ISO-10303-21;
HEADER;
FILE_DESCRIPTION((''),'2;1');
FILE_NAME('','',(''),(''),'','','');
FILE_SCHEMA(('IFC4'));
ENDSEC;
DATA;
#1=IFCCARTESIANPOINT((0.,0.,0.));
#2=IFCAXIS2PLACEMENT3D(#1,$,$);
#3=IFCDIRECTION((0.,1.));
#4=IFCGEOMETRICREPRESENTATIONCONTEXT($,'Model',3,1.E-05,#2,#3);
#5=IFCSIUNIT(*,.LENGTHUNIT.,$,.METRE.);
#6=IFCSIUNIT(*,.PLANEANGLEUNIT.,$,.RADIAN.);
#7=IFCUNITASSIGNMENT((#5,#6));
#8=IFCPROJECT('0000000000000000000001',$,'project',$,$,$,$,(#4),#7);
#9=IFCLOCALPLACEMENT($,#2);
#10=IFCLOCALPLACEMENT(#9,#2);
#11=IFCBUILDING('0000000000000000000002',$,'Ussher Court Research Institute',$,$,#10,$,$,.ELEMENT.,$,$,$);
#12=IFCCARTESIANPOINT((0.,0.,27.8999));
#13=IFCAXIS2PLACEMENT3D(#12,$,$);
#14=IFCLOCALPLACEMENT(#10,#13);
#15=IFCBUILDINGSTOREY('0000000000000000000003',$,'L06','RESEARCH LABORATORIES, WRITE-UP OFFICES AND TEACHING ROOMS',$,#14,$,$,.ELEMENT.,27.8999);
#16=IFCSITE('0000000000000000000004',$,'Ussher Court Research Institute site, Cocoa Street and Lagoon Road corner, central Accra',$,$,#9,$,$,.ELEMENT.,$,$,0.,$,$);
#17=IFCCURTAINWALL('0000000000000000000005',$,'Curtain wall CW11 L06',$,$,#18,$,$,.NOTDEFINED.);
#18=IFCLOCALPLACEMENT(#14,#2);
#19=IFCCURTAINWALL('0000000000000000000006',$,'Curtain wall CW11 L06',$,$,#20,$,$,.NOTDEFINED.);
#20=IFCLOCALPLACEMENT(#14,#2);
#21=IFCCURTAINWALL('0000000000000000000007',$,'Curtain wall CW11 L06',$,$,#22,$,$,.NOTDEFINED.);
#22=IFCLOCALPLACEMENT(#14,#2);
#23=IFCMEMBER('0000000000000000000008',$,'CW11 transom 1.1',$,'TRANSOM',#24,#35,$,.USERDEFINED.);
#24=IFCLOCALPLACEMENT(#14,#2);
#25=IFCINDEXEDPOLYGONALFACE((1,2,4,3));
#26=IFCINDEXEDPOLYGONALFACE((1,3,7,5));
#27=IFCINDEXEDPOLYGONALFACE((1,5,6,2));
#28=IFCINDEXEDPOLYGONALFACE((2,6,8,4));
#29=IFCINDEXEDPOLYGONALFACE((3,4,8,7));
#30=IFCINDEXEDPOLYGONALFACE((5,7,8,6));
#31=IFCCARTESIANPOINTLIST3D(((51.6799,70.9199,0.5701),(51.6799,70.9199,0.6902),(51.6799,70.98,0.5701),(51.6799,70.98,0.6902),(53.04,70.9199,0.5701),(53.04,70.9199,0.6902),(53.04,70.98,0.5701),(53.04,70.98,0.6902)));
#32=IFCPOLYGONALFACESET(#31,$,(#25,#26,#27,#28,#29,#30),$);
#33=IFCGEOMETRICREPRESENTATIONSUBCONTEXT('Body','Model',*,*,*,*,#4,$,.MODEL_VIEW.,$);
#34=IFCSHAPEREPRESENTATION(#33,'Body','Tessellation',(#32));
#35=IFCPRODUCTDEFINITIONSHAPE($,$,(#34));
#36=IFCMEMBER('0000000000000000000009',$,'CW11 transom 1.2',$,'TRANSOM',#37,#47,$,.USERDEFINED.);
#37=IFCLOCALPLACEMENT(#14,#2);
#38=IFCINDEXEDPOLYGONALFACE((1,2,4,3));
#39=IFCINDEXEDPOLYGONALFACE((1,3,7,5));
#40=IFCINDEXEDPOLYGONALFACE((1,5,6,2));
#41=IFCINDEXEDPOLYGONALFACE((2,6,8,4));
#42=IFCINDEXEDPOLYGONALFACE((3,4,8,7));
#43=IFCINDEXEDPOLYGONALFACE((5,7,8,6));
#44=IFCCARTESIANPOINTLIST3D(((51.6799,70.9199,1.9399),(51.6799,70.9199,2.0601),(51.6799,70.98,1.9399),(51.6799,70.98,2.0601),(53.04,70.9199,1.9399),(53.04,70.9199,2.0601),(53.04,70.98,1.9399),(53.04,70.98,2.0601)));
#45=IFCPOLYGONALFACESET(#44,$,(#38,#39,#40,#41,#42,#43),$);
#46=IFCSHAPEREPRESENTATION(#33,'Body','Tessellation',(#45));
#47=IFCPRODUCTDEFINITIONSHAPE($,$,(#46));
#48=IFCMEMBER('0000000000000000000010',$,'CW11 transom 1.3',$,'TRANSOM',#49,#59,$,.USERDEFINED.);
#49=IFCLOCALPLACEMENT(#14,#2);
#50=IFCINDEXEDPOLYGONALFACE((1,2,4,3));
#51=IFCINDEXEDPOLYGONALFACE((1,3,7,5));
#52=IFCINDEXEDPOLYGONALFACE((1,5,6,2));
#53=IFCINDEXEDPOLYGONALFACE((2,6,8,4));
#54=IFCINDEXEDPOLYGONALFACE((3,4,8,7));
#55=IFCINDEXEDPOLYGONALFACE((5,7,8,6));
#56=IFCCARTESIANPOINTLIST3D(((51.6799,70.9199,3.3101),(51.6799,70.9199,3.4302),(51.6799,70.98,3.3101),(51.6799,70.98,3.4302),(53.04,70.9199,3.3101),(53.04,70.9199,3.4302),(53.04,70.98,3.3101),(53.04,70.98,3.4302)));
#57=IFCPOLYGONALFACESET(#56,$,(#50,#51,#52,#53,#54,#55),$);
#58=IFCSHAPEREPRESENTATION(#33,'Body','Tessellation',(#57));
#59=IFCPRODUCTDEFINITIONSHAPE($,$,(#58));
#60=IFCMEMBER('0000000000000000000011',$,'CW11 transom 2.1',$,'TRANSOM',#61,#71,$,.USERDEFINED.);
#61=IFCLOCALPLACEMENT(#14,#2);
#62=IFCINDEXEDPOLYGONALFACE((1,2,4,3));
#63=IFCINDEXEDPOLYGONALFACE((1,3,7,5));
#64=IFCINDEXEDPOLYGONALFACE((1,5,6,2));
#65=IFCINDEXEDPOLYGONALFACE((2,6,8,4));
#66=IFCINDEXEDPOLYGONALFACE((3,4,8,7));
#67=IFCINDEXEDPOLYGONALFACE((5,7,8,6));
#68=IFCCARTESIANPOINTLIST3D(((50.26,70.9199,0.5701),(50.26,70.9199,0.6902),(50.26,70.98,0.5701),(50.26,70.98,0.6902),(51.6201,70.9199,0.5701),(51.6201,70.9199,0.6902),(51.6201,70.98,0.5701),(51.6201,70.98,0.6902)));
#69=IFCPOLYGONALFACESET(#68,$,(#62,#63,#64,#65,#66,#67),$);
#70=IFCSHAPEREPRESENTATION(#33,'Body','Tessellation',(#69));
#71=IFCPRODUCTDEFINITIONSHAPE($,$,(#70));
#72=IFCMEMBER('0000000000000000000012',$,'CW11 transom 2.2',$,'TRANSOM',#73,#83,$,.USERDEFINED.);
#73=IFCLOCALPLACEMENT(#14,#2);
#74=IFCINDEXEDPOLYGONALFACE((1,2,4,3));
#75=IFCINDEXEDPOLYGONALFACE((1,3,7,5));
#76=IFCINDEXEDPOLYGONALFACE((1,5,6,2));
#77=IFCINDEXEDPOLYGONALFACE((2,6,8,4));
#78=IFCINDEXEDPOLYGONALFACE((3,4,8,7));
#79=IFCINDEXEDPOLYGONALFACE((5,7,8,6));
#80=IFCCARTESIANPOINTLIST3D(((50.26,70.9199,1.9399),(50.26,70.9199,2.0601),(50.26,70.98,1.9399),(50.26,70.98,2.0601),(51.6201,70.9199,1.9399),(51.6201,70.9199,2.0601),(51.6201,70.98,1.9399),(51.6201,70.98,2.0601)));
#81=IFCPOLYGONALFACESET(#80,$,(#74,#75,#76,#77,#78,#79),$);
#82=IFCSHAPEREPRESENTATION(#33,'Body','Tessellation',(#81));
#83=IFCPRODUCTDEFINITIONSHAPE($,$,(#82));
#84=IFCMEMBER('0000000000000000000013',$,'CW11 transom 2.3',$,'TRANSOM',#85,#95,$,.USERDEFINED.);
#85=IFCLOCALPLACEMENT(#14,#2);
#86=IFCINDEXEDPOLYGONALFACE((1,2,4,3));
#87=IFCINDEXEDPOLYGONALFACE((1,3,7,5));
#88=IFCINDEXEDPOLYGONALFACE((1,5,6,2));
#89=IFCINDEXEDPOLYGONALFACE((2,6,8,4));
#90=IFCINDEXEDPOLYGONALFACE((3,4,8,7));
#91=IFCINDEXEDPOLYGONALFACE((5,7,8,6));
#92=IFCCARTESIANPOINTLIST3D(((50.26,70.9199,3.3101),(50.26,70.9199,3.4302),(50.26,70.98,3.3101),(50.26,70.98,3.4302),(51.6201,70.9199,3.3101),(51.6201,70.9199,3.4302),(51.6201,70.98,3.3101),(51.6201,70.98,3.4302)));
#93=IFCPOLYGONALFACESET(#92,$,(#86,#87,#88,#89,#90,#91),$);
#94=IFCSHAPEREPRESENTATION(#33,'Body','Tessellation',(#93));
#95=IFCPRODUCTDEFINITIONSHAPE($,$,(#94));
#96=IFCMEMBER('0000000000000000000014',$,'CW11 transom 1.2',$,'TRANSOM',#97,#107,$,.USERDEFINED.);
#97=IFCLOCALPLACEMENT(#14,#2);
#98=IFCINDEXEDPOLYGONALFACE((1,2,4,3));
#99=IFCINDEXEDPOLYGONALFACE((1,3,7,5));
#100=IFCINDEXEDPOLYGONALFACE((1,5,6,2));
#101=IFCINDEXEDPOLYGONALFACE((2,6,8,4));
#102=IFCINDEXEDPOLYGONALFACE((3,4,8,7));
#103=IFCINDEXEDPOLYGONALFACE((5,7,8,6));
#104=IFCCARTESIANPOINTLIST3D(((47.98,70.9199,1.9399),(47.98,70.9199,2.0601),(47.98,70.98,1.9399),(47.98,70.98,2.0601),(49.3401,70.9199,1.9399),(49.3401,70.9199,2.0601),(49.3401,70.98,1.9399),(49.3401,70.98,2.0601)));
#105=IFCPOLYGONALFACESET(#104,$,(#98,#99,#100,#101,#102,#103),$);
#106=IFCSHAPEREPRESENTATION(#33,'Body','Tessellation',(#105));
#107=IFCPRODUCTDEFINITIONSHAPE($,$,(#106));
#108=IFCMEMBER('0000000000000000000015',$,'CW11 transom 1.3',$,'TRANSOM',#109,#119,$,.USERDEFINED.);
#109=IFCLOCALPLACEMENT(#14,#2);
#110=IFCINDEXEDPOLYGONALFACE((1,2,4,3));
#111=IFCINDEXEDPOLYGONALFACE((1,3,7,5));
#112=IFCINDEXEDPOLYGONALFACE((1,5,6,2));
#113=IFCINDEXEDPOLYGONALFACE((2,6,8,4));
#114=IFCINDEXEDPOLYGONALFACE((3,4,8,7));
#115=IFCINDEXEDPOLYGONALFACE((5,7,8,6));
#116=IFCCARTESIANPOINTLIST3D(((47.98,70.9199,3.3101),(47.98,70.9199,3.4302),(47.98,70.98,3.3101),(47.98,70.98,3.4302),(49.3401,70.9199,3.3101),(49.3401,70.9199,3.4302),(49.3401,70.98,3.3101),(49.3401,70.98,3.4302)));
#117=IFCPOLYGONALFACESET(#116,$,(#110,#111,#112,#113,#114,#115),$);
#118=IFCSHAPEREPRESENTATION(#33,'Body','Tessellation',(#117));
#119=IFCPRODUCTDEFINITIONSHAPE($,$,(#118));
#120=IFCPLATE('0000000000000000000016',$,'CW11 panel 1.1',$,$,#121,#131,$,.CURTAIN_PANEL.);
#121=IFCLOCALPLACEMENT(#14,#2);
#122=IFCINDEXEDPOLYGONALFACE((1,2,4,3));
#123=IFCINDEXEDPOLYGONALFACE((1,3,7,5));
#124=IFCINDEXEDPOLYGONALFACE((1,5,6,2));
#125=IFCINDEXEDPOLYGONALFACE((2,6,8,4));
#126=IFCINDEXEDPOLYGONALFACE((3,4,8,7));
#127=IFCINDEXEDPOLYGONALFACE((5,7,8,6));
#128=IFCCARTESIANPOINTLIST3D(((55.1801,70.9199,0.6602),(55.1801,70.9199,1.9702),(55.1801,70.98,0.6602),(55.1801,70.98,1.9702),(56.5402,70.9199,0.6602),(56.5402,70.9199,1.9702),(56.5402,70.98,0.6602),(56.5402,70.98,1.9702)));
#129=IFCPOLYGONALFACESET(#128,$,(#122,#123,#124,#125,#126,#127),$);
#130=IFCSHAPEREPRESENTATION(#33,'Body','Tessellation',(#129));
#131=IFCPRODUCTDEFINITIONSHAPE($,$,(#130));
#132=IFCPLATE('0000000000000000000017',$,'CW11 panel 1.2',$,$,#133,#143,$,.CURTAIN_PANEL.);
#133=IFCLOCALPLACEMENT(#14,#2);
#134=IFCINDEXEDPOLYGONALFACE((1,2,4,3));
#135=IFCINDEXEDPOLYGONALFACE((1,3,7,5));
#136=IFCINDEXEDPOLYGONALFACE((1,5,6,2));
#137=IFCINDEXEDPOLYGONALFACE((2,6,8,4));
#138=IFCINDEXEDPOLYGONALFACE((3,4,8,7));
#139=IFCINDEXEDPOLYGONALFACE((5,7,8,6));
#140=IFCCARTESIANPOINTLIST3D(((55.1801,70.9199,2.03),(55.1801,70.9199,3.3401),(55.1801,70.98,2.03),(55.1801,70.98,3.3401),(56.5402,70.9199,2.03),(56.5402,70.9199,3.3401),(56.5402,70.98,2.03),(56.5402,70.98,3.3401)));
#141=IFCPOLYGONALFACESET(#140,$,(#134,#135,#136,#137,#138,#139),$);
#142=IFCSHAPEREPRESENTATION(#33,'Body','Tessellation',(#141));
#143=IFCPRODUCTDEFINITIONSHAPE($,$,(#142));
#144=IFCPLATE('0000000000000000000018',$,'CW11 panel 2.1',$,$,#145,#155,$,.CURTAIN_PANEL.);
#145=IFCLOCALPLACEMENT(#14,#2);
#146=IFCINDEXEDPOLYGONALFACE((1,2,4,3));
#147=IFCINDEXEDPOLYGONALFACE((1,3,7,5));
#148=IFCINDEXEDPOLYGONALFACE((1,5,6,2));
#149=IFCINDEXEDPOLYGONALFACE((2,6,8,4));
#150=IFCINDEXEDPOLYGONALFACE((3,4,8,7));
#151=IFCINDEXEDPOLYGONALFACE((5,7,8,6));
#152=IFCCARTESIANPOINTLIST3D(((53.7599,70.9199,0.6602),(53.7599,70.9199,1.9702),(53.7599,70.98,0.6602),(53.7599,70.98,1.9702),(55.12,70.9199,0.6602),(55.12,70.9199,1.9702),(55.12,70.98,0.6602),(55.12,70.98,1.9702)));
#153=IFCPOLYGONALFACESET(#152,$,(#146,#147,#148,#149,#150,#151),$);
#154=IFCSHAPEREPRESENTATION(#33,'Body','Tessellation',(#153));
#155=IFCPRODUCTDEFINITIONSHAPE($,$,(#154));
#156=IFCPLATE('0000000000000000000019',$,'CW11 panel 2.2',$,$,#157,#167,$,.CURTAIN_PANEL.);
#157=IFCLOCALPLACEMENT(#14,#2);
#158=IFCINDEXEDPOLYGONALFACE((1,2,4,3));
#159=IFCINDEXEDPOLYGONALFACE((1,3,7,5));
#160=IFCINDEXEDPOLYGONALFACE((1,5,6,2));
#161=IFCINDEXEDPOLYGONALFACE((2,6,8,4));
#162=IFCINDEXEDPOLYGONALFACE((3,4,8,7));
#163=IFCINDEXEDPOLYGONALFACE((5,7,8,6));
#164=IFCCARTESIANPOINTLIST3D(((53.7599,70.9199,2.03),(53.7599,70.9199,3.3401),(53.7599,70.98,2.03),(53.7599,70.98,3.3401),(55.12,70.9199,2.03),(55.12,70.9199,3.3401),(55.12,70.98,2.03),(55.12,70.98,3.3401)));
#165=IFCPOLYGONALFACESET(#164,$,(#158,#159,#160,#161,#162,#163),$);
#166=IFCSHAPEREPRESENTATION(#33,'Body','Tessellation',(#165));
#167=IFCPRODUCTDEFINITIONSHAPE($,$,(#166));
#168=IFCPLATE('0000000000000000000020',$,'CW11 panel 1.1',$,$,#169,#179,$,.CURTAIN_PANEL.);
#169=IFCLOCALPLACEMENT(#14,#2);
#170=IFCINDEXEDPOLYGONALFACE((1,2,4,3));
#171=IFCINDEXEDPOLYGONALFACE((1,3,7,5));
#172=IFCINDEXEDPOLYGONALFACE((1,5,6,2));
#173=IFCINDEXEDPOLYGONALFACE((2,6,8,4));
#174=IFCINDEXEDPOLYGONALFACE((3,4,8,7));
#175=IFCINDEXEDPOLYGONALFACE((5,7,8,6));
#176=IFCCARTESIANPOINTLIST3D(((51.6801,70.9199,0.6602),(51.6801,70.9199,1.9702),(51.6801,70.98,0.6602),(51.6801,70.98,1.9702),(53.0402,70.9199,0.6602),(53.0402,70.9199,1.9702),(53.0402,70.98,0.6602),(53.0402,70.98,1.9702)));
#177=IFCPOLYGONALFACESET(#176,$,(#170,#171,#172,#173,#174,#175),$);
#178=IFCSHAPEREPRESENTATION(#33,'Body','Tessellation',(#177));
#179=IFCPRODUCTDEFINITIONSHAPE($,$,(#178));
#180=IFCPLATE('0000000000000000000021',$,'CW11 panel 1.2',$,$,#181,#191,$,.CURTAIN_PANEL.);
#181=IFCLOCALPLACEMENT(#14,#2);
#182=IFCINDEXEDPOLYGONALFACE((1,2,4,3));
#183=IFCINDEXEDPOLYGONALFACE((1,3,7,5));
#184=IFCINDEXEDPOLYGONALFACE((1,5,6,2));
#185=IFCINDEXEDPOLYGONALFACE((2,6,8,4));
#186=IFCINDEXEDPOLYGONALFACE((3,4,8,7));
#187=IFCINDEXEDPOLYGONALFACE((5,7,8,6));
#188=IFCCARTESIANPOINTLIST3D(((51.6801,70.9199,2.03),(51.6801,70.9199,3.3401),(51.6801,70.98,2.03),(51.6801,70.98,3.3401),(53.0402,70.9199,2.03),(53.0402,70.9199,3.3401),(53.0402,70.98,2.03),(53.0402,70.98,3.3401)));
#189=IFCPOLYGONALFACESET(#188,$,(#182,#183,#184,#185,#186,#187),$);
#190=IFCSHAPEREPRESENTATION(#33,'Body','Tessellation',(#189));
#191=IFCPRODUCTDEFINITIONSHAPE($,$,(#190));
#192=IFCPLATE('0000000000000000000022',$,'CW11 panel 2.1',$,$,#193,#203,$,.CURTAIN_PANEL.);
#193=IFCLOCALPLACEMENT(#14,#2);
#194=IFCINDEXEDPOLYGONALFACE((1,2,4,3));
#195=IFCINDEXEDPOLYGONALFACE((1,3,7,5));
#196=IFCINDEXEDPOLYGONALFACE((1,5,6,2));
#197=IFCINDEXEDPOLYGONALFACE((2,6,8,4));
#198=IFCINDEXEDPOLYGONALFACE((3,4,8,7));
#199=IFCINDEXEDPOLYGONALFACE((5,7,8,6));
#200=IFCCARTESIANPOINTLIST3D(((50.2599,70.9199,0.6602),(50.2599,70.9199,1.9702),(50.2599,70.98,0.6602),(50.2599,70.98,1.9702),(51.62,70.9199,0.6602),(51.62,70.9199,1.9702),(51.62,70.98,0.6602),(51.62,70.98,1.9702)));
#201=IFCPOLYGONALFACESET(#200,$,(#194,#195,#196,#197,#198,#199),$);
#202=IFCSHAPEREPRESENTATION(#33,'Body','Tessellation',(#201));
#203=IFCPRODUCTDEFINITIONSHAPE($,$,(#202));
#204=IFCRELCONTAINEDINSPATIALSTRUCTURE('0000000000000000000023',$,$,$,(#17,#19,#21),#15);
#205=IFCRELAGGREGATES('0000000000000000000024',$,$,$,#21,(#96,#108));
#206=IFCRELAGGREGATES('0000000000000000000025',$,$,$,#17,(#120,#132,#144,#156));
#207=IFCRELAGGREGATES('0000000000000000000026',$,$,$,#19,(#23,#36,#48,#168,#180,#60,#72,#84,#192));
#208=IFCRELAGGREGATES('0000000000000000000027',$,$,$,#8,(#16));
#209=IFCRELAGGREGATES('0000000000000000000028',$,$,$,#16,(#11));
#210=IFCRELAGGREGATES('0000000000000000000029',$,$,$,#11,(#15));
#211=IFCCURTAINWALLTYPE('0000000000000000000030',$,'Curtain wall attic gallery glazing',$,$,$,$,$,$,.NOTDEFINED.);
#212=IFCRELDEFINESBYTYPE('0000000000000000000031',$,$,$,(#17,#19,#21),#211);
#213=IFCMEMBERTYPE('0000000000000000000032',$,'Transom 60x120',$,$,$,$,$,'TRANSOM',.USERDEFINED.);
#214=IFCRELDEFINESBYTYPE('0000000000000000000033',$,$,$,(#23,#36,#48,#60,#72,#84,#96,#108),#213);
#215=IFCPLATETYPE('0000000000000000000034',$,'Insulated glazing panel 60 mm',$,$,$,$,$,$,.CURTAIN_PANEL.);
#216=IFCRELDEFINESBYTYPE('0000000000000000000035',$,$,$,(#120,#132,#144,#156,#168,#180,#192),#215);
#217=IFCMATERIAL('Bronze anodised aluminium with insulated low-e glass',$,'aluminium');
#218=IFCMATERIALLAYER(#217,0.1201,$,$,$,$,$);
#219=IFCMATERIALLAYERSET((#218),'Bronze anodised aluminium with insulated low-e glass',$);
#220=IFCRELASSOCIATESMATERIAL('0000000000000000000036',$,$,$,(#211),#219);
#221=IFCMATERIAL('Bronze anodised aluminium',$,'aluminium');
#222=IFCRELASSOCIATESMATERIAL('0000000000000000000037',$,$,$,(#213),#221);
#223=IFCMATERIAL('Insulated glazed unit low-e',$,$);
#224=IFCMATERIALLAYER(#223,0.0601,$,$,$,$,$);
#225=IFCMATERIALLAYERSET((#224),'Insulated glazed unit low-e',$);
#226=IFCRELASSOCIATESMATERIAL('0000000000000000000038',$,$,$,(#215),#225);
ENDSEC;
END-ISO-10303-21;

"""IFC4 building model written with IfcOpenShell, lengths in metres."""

from ifc_helpers import new_model, si_unit, direction, frame, origin, origin_2d, place, context, subcontext, project, spatial, rectangle, extrude, material, layer, layer_set, material_profile, profile_set, type_object, element, aggregate, save


model = new_model("IFC4")

# Units and contexts
model_context = context("Model", 3, precision=1e-05, world=origin(), true_north=direction((0.0, 1.0)))
body_context = subcontext(model_context, "Body", "Model", "MODEL_VIEW")
ifc_project = project(units=[si_unit("LENGTHUNIT", "METRE"), si_unit("PLANEANGLEUNIT", "RADIAN")], contexts=[model_context])

# Site, building, storey
site_placement = place(None, origin())
site = spatial("IfcSite", under=ifc_project, at=site_placement, Name="Ussher Court Research Institute site, Cocoa Street and Lagoon Road corner, central Accra", CompositionType="ELEMENT", RefElevation=0.0)
building_placement = place(site_placement, origin())
building = spatial("IfcBuilding", under=site, at=building_placement, Name="Ussher Court Research Institute", CompositionType="ELEMENT")
storey_placement = place(building_placement, frame((0.0, 0.0, 27.8999)))
storey = spatial("IfcBuildingStorey", under=building, at=storey_placement, Name="L06", Description="RESEARCH LABORATORIES, WRITE-UP OFFICES AND TEACHING ROOMS", CompositionType="ELEMENT", Elevation=27.8999)

# Curtain walls
ifc_material_1 = material(Name="Bronze anodised aluminium with insulated low-e glass", Category="aluminium")
ifc_layer_1 = layer(ifc_material_1, 0.1201)
ifc_layer_set_1 = layer_set([ifc_layer_1], Name="Bronze anodised aluminium with insulated low-e glass")
curtain_wall_type = type_object("IfcCurtainWallType", Name="Curtain wall attic gallery glazing", PredefinedType="NOTDEFINED", material=ifc_layer_set_1)
curtain_wall_1_placement = place(storey_placement, origin())
curtain_wall_1 = element("IfcCurtainWall", 1, at=curtain_wall_1_placement, inside=storey, type_object=curtain_wall_type, Name="Curtain wall CW11 L06", PredefinedType="NOTDEFINED")
curtain_wall_2_placement = place(storey_placement, origin())
curtain_wall_2 = element("IfcCurtainWall", 2, at=curtain_wall_2_placement, inside=storey, type_object=curtain_wall_type, Name="Curtain wall CW11 L06", PredefinedType="NOTDEFINED")

# Curtain wall
curtain_wall_3_placement = place(storey_placement, origin())
curtain_wall_3 = element("IfcCurtainWall", 3, at=curtain_wall_3_placement, inside=storey, type_object=curtain_wall_type, Name="Curtain wall CW11 L06", PredefinedType="NOTDEFINED")

# Members
ifc_material_2 = material(Name="Bronze anodised aluminium", Category="aluminium")
ifc_material_profile_1 = material_profile(ifc_material_2, rectangle(XDim=0.0601, YDim=0.1201, at=origin_2d()), Name="Transom 60x120")
ifc_profile_set_1 = profile_set([ifc_material_profile_1], Name="Bronze anodised aluminium")
member_type_1 = type_object("IfcMemberType", Name="Transom 60x120", ElementType="TRANSOM", PredefinedType="USERDEFINED", material=ifc_profile_set_1)
member_1_placement = place(storey_placement, frame((53.04, 70.95, 0.6301), z_axis=(-1.0, 0.0, 0.0), x_axis=(0.0, -1.0, 0.0)))
member_1 = element("IfcMember", 4, at=member_1_placement, type_object=member_type_1, Name="CW11 transom 1.1", ObjectType="TRANSOM", PredefinedType="USERDEFINED", context=body_context, shape_type="SweptSolid", body=[
    extrude(rectangle(XDim=0.0601, YDim=0.1201, at=origin_2d()), origin(), (0.0, 0.0, 1.0), 1.3601),
])
member_2_placement = place(storey_placement, frame((53.04, 70.95, 2.0), z_axis=(-1.0, 0.0, 0.0), x_axis=(0.0, -1.0, 0.0)))
member_2 = element("IfcMember", 5, at=member_2_placement, type_object=member_type_1, Name="CW11 transom 1.2", ObjectType="TRANSOM", PredefinedType="USERDEFINED", context=body_context, shape_type="SweptSolid", body=[
    extrude(rectangle(XDim=0.0601, YDim=0.1201, at=origin_2d()), origin(), (0.0, 0.0, 1.0), 1.3601),
])
member_3_placement = place(storey_placement, frame((53.04, 70.95, 3.3701), z_axis=(-1.0, 0.0, 0.0), x_axis=(0.0, -1.0, 0.0)))
member_3 = element("IfcMember", 6, at=member_3_placement, type_object=member_type_1, Name="CW11 transom 1.3", ObjectType="TRANSOM", PredefinedType="USERDEFINED", context=body_context, shape_type="SweptSolid", body=[
    extrude(rectangle(XDim=0.0601, YDim=0.1201, at=origin_2d()), origin(), (0.0, 0.0, 1.0), 1.3601),
])
member_4_placement = place(storey_placement, frame((51.6201, 70.95, 0.6301), z_axis=(-1.0, 0.0, 0.0), x_axis=(0.0, -1.0, 0.0)))
member_4 = element("IfcMember", 7, at=member_4_placement, type_object=member_type_1, Name="CW11 transom 2.1", ObjectType="TRANSOM", PredefinedType="USERDEFINED", context=body_context, shape_type="SweptSolid", body=[
    extrude(rectangle(XDim=0.0601, YDim=0.1201, at=origin_2d()), origin(), (0.0, 0.0, 1.0), 1.3601),
])
member_5_placement = place(storey_placement, frame((51.6201, 70.95, 2.0), z_axis=(-1.0, 0.0, 0.0), x_axis=(0.0, -1.0, 0.0)))
member_5 = element("IfcMember", 8, at=member_5_placement, type_object=member_type_1, Name="CW11 transom 2.2", ObjectType="TRANSOM", PredefinedType="USERDEFINED", context=body_context, shape_type="SweptSolid", body=[
    extrude(rectangle(XDim=0.0601, YDim=0.1201, at=origin_2d()), origin(), (0.0, 0.0, 1.0), 1.3601),
])
member_6_placement = place(storey_placement, frame((51.6201, 70.95, 3.3701), z_axis=(-1.0, 0.0, 0.0), x_axis=(0.0, -1.0, 0.0)))
member_6 = element("IfcMember", 9, at=member_6_placement, type_object=member_type_1, Name="CW11 transom 2.3", ObjectType="TRANSOM", PredefinedType="USERDEFINED", context=body_context, shape_type="SweptSolid", body=[
    extrude(rectangle(XDim=0.0601, YDim=0.1201, at=origin_2d()), origin(), (0.0, 0.0, 1.0), 1.3601),
])
member_7_placement = place(storey_placement, frame((49.3401, 70.95, 2.0), z_axis=(-1.0, 0.0, 0.0), x_axis=(0.0, -1.0, 0.0)))
member_7 = element("IfcMember", 10, at=member_7_placement, type_object=member_type_1, Name="CW11 transom 1.2", ObjectType="TRANSOM", PredefinedType="USERDEFINED", context=body_context, shape_type="SweptSolid", body=[
    extrude(rectangle(XDim=0.0601, YDim=0.1201, at=origin_2d()), origin(), (0.0, 0.0, 1.0), 1.3601),
])
member_8_placement = place(storey_placement, frame((49.3401, 70.95, 3.3701), z_axis=(-1.0, 0.0, 0.0), x_axis=(0.0, -1.0, 0.0)))
member_8 = element("IfcMember", 11, at=member_8_placement, type_object=member_type_1, Name="CW11 transom 1.3", ObjectType="TRANSOM", PredefinedType="USERDEFINED", context=body_context, shape_type="SweptSolid", body=[
    extrude(rectangle(XDim=0.0601, YDim=0.1201, at=origin_2d()), origin(), (0.0, 0.0, 1.0), 1.3601),
])
aggregate(curtain_wall_3, [member_7, member_8])

# Plates
ifc_material_3 = material(Name="Insulated glazed unit low-e")
ifc_layer_2 = layer(ifc_material_3, 0.0601)
ifc_layer_set_2 = layer_set([ifc_layer_2], Name="Insulated glazed unit low-e")
plate_type = type_object("IfcPlateType", Name="Insulated glazing panel 60 mm", PredefinedType="CURTAIN_PANEL", material=ifc_layer_set_2)
plate_1_placement = place(storey_placement, frame((55.8601, 70.95, 0.6602), z_axis=(0.0, 0.0, 1.0), x_axis=(-1.0, 0.0, 0.0)))
plate_1 = element("IfcPlate", 12, at=plate_1_placement, type_object=plate_type, Name="CW11 panel 1.1", PredefinedType="CURTAIN_PANEL", context=body_context, shape_type="SweptSolid", body=[
    extrude(rectangle(XDim=1.3601, YDim=0.0601, at=origin_2d()), origin(), (0.0, 0.0, 1.0), 1.3101),
])
plate_2_placement = place(storey_placement, frame((55.8601, 70.95, 2.03), z_axis=(0.0, 0.0, 1.0), x_axis=(-1.0, 0.0, 0.0)))
plate_2 = element("IfcPlate", 13, at=plate_2_placement, type_object=plate_type, Name="CW11 panel 1.2", PredefinedType="CURTAIN_PANEL", context=body_context, shape_type="SweptSolid", body=[
    extrude(rectangle(XDim=1.3601, YDim=0.0601, at=origin_2d()), origin(), (0.0, 0.0, 1.0), 1.3101),
])
plate_3_placement = place(storey_placement, frame((54.4399, 70.95, 0.6602), z_axis=(0.0, 0.0, 1.0), x_axis=(-1.0, 0.0, 0.0)))
plate_3 = element("IfcPlate", 14, at=plate_3_placement, type_object=plate_type, Name="CW11 panel 2.1", PredefinedType="CURTAIN_PANEL", context=body_context, shape_type="SweptSolid", body=[
    extrude(rectangle(XDim=1.3601, YDim=0.0601, at=origin_2d()), origin(), (0.0, 0.0, 1.0), 1.3101),
])
plate_4_placement = place(storey_placement, frame((54.4399, 70.95, 2.03), z_axis=(0.0, 0.0, 1.0), x_axis=(-1.0, 0.0, 0.0)))
plate_4 = element("IfcPlate", 15, at=plate_4_placement, type_object=plate_type, Name="CW11 panel 2.2", PredefinedType="CURTAIN_PANEL", context=body_context, shape_type="SweptSolid", body=[
    extrude(rectangle(XDim=1.3601, YDim=0.0601, at=origin_2d()), origin(), (0.0, 0.0, 1.0), 1.3101),
])
aggregate(curtain_wall_1, [plate_1, plate_2, plate_3, plate_4])
plate_5_placement = place(storey_placement, frame((52.3601, 70.95, 0.6602), z_axis=(0.0, 0.0, 1.0), x_axis=(-1.0, 0.0, 0.0)))
plate_5 = element("IfcPlate", 16, at=plate_5_placement, type_object=plate_type, Name="CW11 panel 1.1", PredefinedType="CURTAIN_PANEL", context=body_context, shape_type="SweptSolid", body=[
    extrude(rectangle(XDim=1.3601, YDim=0.0601, at=origin_2d()), origin(), (0.0, 0.0, 1.0), 1.3101),
])
plate_6_placement = place(storey_placement, frame((52.3601, 70.95, 2.03), z_axis=(0.0, 0.0, 1.0), x_axis=(-1.0, 0.0, 0.0)))
plate_6 = element("IfcPlate", 17, at=plate_6_placement, type_object=plate_type, Name="CW11 panel 1.2", PredefinedType="CURTAIN_PANEL", context=body_context, shape_type="SweptSolid", body=[
    extrude(rectangle(XDim=1.3601, YDim=0.0601, at=origin_2d()), origin(), (0.0, 0.0, 1.0), 1.3101),
])
plate_7_placement = place(storey_placement, frame((50.9399, 70.95, 0.6602), z_axis=(0.0, 0.0, 1.0), x_axis=(-1.0, 0.0, 0.0)))
plate_7 = element("IfcPlate", 18, at=plate_7_placement, type_object=plate_type, Name="CW11 panel 2.1", PredefinedType="CURTAIN_PANEL", context=body_context, shape_type="SweptSolid", body=[
    extrude(rectangle(XDim=1.3601, YDim=0.0601, at=origin_2d()), origin(), (0.0, 0.0, 1.0), 1.3101),
])
aggregate(curtain_wall_2, [member_1, member_2, member_3, plate_5, plate_6, member_4, member_5, member_6, plate_7])

save(model, "model.ifc")
